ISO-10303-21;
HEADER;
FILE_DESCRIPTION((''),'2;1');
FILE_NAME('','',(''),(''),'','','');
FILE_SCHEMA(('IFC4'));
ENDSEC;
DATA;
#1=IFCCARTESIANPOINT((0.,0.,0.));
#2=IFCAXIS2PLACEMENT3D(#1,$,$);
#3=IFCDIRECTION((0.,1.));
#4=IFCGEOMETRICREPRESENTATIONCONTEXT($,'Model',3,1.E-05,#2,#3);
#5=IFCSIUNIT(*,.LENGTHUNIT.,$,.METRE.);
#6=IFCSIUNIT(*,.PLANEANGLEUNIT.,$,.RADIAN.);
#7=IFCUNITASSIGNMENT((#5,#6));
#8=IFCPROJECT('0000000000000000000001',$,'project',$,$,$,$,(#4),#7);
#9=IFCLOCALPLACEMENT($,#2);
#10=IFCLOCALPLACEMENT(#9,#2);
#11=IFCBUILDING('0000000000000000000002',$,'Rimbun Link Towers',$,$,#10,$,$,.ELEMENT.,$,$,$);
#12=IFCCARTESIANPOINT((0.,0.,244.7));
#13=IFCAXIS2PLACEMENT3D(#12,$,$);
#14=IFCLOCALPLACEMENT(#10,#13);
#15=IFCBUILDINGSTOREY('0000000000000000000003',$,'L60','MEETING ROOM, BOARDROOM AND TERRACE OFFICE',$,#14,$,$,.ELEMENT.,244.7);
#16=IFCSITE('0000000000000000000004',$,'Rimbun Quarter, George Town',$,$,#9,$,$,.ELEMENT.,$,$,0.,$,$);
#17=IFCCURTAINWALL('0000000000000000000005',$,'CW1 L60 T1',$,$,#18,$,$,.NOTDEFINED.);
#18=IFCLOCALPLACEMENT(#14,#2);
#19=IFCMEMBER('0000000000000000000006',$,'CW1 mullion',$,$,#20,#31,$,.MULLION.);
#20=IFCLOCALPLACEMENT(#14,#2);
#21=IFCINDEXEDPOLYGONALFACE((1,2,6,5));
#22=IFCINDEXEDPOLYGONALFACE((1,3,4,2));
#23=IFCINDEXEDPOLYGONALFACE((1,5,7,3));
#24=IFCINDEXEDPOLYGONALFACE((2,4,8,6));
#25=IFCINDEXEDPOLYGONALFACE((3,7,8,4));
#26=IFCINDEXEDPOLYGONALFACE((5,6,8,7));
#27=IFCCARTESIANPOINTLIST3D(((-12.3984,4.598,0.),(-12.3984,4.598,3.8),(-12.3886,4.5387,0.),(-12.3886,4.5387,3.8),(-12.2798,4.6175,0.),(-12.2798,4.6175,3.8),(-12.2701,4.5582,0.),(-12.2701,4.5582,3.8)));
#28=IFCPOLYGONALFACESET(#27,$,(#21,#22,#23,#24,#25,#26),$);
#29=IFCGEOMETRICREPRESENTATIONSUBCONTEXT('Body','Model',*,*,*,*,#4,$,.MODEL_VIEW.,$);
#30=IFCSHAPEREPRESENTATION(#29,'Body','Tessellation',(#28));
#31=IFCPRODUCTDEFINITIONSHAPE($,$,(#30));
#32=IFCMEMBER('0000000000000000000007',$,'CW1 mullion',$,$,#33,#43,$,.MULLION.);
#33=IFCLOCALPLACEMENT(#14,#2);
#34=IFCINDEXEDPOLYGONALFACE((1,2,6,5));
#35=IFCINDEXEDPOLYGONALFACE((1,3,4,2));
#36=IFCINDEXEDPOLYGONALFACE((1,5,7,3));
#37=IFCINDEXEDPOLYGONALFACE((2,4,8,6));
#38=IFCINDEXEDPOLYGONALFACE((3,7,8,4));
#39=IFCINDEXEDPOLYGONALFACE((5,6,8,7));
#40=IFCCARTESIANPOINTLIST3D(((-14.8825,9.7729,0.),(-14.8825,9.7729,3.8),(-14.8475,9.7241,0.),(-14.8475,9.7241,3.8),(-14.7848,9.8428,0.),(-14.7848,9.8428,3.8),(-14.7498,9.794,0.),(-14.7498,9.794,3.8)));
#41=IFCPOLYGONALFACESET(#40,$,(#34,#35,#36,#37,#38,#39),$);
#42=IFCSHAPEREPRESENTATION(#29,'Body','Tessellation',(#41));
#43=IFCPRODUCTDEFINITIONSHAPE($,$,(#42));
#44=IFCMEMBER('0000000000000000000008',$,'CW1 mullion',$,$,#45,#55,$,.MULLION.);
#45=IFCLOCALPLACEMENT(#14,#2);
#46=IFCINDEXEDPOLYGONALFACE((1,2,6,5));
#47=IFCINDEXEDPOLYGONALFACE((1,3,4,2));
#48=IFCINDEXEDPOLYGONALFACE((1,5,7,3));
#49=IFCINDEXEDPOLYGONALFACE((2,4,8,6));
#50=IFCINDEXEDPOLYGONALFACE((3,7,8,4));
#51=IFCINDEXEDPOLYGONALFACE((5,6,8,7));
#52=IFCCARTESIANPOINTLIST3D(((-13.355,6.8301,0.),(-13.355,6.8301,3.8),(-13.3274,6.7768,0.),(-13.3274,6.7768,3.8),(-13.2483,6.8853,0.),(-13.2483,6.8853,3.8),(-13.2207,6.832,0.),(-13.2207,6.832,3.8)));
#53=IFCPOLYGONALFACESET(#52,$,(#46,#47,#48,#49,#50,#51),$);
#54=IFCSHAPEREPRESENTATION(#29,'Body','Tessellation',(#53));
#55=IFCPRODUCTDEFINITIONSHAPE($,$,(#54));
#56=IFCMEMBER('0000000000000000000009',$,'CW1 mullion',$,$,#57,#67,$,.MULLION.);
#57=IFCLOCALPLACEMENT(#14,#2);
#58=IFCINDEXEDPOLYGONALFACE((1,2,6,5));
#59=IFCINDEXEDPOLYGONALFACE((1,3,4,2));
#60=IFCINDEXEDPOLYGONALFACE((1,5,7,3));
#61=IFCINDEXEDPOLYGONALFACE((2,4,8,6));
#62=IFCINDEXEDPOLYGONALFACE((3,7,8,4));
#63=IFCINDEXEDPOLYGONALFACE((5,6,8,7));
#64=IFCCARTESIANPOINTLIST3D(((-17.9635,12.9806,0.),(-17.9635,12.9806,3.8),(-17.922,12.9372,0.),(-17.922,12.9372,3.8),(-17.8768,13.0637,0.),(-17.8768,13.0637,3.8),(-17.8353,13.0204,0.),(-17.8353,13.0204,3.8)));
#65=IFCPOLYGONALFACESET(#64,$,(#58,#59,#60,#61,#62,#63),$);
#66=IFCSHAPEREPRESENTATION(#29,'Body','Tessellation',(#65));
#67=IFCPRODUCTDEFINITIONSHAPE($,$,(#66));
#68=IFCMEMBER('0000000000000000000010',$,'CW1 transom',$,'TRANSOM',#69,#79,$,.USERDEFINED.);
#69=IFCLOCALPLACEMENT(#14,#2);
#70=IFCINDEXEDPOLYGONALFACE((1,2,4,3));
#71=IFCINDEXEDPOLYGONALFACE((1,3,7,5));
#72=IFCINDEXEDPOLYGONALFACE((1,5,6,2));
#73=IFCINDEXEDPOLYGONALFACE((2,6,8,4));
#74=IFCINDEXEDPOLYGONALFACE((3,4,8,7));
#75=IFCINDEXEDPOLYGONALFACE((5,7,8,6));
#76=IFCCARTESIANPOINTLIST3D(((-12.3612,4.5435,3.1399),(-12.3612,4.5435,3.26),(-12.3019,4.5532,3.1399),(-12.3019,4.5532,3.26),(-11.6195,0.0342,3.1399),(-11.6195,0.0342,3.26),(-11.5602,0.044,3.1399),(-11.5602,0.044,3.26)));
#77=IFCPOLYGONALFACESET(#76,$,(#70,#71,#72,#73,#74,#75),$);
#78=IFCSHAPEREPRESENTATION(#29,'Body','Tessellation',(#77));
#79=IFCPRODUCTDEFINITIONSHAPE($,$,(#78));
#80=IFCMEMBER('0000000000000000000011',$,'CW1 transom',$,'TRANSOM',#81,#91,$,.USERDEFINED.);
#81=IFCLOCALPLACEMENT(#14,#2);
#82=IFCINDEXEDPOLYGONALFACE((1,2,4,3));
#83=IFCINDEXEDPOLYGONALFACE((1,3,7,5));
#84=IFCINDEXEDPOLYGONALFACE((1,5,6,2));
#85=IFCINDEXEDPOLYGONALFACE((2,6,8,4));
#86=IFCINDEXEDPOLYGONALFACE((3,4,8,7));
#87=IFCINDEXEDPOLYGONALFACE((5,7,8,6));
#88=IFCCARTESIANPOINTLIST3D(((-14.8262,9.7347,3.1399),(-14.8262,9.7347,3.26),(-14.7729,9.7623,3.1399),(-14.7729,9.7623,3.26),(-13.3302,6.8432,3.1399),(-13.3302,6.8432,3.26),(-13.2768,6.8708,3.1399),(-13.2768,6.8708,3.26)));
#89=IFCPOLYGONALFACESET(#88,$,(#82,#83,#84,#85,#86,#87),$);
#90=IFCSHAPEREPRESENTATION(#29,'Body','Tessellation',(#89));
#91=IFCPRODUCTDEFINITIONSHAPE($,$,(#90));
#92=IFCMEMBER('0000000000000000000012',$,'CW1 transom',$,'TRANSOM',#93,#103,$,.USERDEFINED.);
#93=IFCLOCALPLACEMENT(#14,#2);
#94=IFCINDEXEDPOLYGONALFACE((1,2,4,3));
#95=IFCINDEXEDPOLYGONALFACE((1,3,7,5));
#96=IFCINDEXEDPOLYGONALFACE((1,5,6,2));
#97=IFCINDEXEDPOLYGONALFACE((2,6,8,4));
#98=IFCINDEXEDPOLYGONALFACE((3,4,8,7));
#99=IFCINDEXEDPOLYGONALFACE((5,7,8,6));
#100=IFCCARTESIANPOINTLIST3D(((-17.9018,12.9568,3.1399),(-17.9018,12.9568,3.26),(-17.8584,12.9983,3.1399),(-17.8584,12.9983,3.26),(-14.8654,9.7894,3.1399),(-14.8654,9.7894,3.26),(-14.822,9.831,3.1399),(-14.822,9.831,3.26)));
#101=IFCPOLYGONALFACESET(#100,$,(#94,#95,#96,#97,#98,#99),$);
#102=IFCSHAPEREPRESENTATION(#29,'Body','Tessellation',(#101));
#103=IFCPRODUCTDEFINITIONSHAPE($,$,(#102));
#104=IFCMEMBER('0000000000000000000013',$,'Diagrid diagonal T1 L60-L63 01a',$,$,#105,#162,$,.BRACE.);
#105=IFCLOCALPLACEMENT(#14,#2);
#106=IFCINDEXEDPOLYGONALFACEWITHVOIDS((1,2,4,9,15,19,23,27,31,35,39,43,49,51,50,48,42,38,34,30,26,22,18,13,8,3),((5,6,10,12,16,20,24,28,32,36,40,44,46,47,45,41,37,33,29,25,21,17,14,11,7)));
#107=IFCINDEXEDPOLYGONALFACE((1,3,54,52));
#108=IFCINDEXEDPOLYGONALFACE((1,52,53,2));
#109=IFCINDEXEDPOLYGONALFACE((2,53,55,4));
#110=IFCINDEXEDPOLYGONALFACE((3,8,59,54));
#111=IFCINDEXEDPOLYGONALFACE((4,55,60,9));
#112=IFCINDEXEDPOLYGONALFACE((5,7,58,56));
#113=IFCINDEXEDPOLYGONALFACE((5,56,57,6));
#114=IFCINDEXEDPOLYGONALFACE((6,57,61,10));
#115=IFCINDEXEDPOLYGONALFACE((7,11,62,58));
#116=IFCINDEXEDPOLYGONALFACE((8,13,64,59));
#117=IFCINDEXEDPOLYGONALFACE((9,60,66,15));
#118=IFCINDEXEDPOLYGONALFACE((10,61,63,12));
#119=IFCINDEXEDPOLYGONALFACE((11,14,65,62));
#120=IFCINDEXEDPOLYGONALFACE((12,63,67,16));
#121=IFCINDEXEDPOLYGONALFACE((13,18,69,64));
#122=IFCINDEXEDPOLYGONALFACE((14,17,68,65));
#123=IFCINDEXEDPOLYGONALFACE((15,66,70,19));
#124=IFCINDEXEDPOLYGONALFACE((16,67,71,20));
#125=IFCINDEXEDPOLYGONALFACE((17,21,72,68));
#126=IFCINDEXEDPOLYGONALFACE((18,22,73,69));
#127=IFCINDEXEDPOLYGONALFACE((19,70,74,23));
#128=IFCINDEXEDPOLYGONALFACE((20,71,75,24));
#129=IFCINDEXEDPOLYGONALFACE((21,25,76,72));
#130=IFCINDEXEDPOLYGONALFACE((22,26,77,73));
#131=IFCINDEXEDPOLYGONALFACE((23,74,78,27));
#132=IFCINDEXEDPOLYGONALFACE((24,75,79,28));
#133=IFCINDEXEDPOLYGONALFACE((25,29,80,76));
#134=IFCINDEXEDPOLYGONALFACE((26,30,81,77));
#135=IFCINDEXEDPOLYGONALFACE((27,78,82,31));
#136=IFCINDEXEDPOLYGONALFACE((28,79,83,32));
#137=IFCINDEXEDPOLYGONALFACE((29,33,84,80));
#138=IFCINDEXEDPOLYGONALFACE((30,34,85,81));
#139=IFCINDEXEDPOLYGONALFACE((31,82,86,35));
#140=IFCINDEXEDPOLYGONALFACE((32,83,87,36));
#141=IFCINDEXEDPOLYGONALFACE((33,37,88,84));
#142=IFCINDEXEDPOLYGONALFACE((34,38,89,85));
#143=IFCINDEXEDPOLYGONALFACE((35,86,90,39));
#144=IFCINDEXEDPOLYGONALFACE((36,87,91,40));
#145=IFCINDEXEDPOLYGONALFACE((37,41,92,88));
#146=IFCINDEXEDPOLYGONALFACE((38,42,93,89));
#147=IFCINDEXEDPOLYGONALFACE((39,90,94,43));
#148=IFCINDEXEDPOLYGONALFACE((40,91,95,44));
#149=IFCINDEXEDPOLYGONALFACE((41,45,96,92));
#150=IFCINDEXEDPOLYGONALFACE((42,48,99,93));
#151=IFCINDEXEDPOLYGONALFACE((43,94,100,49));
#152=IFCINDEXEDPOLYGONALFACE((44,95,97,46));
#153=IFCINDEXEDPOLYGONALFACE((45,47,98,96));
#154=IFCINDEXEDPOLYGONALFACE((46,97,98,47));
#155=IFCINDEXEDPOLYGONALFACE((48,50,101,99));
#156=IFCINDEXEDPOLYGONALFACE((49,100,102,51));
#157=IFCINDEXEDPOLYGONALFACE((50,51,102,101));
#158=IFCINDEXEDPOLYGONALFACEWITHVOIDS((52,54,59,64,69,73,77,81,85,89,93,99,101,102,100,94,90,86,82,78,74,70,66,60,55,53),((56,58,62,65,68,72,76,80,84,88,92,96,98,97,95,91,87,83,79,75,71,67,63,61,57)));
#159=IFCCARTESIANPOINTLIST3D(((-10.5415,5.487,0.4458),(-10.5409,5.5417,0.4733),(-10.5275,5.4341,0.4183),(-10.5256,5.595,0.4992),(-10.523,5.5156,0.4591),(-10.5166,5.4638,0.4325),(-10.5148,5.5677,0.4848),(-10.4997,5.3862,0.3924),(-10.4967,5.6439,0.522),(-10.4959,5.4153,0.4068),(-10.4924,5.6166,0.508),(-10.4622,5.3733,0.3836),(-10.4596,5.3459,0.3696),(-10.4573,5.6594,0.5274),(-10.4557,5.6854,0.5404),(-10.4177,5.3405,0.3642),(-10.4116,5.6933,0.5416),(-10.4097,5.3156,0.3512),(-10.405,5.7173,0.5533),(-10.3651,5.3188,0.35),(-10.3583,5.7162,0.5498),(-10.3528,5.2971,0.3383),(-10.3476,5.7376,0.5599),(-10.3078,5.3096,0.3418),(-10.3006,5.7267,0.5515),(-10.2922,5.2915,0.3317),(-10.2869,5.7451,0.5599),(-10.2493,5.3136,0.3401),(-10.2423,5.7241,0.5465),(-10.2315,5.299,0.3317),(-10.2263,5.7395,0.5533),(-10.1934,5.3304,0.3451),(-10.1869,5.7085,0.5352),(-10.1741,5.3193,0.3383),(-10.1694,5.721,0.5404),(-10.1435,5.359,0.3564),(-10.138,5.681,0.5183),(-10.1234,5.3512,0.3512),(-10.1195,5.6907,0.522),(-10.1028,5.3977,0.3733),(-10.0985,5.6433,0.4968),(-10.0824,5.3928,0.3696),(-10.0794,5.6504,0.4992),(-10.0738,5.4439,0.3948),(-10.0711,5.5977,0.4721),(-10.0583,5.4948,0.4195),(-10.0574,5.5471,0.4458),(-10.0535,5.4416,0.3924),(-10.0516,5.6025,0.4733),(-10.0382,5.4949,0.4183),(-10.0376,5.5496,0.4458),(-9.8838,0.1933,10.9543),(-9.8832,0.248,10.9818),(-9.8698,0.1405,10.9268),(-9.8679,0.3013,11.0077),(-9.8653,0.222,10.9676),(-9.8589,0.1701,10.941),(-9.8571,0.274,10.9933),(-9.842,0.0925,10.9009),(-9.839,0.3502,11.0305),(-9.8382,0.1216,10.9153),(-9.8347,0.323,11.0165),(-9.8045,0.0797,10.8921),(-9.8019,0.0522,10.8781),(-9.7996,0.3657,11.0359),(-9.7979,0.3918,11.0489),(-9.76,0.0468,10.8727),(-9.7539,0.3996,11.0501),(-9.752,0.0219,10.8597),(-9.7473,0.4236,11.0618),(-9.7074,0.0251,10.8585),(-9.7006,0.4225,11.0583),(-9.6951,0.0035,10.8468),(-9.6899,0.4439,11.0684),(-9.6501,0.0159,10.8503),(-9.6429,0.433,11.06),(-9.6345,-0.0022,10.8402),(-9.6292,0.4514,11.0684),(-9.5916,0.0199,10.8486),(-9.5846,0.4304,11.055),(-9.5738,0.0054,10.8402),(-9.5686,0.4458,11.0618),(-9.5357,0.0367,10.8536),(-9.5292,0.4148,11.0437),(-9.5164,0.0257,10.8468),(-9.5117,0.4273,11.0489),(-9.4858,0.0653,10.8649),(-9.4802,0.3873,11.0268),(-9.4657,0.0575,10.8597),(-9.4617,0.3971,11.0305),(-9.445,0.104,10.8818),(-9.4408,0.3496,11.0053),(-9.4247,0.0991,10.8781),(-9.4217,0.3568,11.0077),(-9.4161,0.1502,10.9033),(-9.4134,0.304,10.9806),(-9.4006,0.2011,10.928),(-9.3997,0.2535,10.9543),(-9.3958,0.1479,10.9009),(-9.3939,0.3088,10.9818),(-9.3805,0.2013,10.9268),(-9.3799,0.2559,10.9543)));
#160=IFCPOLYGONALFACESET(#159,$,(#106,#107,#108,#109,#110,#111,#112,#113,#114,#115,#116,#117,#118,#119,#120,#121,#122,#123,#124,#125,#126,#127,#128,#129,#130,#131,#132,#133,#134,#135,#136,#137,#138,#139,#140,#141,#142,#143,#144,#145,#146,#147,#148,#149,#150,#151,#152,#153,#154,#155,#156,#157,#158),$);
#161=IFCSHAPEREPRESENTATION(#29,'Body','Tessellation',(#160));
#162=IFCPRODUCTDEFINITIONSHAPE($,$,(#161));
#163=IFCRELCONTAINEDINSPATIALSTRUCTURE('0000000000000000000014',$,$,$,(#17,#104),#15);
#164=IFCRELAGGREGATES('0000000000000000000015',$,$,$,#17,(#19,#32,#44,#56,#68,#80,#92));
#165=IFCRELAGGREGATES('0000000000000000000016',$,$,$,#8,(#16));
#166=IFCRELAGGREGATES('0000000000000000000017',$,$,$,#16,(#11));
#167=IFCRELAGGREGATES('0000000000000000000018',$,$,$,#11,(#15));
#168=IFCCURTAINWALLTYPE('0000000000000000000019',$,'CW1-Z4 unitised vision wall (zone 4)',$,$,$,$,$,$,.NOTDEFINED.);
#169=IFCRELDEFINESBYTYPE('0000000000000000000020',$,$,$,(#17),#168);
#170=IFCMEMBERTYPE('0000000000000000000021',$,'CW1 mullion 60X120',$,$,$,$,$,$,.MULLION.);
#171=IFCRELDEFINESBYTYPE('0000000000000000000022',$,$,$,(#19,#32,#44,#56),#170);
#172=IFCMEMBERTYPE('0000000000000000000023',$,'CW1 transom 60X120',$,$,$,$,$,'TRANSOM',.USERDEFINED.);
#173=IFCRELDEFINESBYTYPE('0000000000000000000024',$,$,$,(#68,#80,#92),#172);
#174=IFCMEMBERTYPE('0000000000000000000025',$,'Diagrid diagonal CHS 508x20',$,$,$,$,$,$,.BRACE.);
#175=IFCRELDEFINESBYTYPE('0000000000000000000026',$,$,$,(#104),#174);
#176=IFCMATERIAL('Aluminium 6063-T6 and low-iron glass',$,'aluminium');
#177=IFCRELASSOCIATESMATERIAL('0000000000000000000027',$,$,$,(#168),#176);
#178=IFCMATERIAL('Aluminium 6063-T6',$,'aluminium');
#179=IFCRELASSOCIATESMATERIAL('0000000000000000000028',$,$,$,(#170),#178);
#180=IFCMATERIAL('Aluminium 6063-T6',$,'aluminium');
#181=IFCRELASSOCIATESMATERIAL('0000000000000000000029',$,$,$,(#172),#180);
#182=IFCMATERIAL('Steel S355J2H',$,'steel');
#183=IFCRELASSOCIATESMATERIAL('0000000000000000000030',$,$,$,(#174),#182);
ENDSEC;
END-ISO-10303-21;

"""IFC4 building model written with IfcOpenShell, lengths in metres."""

from ifc_helpers import new_model, si_unit, direction, frame, origin, origin_2d, place, context, subcontext, project, spatial, rectangle, hollow_circle, extrude, material, material_profile, profile_set, type_object, element, aggregate, save


model = new_model("IFC4")

# Units and contexts
model_context = context("Model", 3, precision=1e-05, world=origin(), true_north=direction((0.0, 1.0)))
body_context = subcontext(model_context, "Body", "Model", "MODEL_VIEW")
ifc_project = project(units=[si_unit("LENGTHUNIT", "METRE"), si_unit("PLANEANGLEUNIT", "RADIAN")], contexts=[model_context])

# Site, building, storey
site_placement = place(None, origin())
site = spatial("IfcSite", under=ifc_project, at=site_placement, Name="Rimbun Quarter, George Town", CompositionType="ELEMENT", RefElevation=0.0)
building_placement = place(site_placement, origin())
building = spatial("IfcBuilding", under=site, at=building_placement, Name="Rimbun Link Towers", CompositionType="ELEMENT")
storey_placement = place(building_placement, frame((0.0, 0.0, 244.7)))
storey = spatial("IfcBuildingStorey", under=building, at=storey_placement, Name="L60", Description="MEETING ROOM, BOARDROOM AND TERRACE OFFICE", CompositionType="ELEMENT", Elevation=244.7)

# Curtain wall, members
ifc_material_1 = material(Name="Aluminium 6063-T6 and low-iron glass", Category="aluminium")
curtain_wall_type = type_object("IfcCurtainWallType", Name="CW1-Z4 unitised vision wall (zone 4)", PredefinedType="NOTDEFINED", material=ifc_material_1)
curtain_wall_placement = place(storey_placement, origin())
curtain_wall = element("IfcCurtainWall", 1, at=curtain_wall_placement, inside=storey, type_object=curtain_wall_type, Name="CW1 L60 T1", PredefinedType="NOTDEFINED")
ifc_material_2 = material(Name="Aluminium 6063-T6", Category="aluminium")
ifc_material_profile_1 = material_profile(ifc_material_2, rectangle(XDim=0.1201, YDim=0.0601, at=origin_2d()), Name="MULLION 60X120")
ifc_profile_set_1 = profile_set([ifc_material_profile_1], Name="Aluminium 6063-T6")
member_type_1 = type_object("IfcMemberType", Name="CW1 mullion 60X120", PredefinedType="MULLION", material=ifc_profile_set_1)
member_1_placement = place(storey_placement, frame((-12.3342, 4.5781, 0.0), z_axis=(0.0, 0.0, 1.0), x_axis=(0.986748, 0.162262, 0.0)))
member_1 = element("IfcMember", 2, at=member_1_placement, type_object=member_type_1, Name="CW1 mullion", PredefinedType="MULLION", context=body_context, shape_type="SweptSolid", body=[
    extrude(rectangle(XDim=0.1201, YDim=0.0601, at=origin_2d()), origin(), (0.0, 0.0, 1.0), 3.8),
])
member_2_placement = place(storey_placement, frame((-14.8162, 9.7834, 0.0), z_axis=(0.0, 0.0, 1.0), x_axis=(0.813354, 0.581769, 0.0)))
member_2 = element("IfcMember", 3, at=member_2_placement, type_object=member_type_1, Name="CW1 mullion", PredefinedType="MULLION", context=body_context, shape_type="SweptSolid", body=[
    extrude(rectangle(XDim=0.1201, YDim=0.0601, at=origin_2d()), origin(), (0.0, 0.0, 1.0), 3.8),
])
member_3_placement = place(storey_placement, frame((-13.2878, 6.8311, 0.0), z_axis=(0.0, 0.0, 1.0), x_axis=(0.888151, 0.459552, 0.0)))
member_3 = element("IfcMember", 4, at=member_3_placement, type_object=member_type_1, Name="CW1 mullion", PredefinedType="MULLION", context=body_context, shape_type="SweptSolid", body=[
    extrude(rectangle(XDim=0.1201, YDim=0.0601, at=origin_2d()), origin(), (0.0, 0.0, 1.0), 3.8),
])
member_4_placement = place(storey_placement, frame((-17.8994, 13.0005, 0.0), z_axis=(0.0, 0.0, 1.0), x_axis=(0.721858, 0.692041, 0.0)))
member_4 = element("IfcMember", 5, at=member_4_placement, type_object=member_type_1, Name="CW1 mullion", PredefinedType="MULLION", context=body_context, shape_type="SweptSolid", body=[
    extrude(rectangle(XDim=0.1201, YDim=0.0601, at=origin_2d()), origin(), (0.0, 0.0, 1.0), 3.8),
])
ifc_material_3 = material(Name="Aluminium 6063-T6", Category="aluminium")
ifc_material_profile_2 = material_profile(ifc_material_3, rectangle(XDim=0.0601, YDim=0.1201, at=origin_2d()), Name="TRANSOM 60X120")
ifc_profile_set_2 = profile_set([ifc_material_profile_2], Name="Aluminium 6063-T6")
member_type_2 = type_object("IfcMemberType", Name="CW1 transom 60X120", ElementType="TRANSOM", PredefinedType="USERDEFINED", material=ifc_profile_set_2)
member_5_placement = place(storey_placement, frame((-12.3315, 4.5483, 3.2), z_axis=(0.162302, -0.986741, 0.0), x_axis=(0.986741, 0.162302, 0.0)))
member_5 = element("IfcMember", 6, at=member_5_placement, type_object=member_type_2, Name="CW1 transom", ObjectType="TRANSOM", PredefinedType="USERDEFINED", context=body_context, shape_type="SweptSolid", body=[
    extrude(rectangle(XDim=0.0601, YDim=0.1201, at=origin_2d()), origin(), (0.0, 0.0, 1.0), 4.5698),
])
member_6_placement = place(storey_placement, frame((-14.7996, 9.7485, 3.2), z_axis=(0.459529, -0.888163, 0.0), x_axis=(0.888163, 0.459529, 0.0)))
member_6 = element("IfcMember", 7, at=member_6_placement, type_object=member_type_2, Name="CW1 transom", ObjectType="TRANSOM", PredefinedType="USERDEFINED", context=body_context, shape_type="SweptSolid", body=[
    extrude(rectangle(XDim=0.0601, YDim=0.1201, at=origin_2d()), origin(), (0.0, 0.0, 1.0), 3.2556),
])
member_7_placement = place(storey_placement, frame((-17.8801, 12.9775, 3.2), z_axis=(0.692037, -0.721862, 0.0), x_axis=(0.721862, 0.692037, 0.0)))
member_7 = element("IfcMember", 8, at=member_7_placement, type_object=member_type_2, Name="CW1 transom", ObjectType="TRANSOM", PredefinedType="USERDEFINED", context=body_context, shape_type="SweptSolid", body=[
    extrude(rectangle(XDim=0.0601, YDim=0.1201, at=origin_2d()), origin(), (0.0, 0.0, 1.0), 4.3877),
])

# Member
ifc_material_4 = material(Name="Steel S355J2H", Category="steel")
ifc_material_profile_3 = material_profile(ifc_material_4, hollow_circle(Radius=0.2539, WallThickness=0.02, at=origin_2d()), Name="Diagrid diagonal CHS 508x20")
ifc_profile_set_3 = profile_set([ifc_material_profile_3], Name="Steel S355J2H")
member_type_3 = type_object("IfcMemberType", Name="Diagrid diagonal CHS 508x20", PredefinedType="BRACE", material=ifc_profile_set_3)
member_8_placement = place(storey_placement, frame((-10.2896, 5.5183, 0.4458), z_axis=(0.05581, -0.449191, 0.891691), x_axis=(0.99237, 0.123297, 0.0)))
element("IfcMember", 9, at=member_8_placement, inside=storey, type_object=member_type_3, Name="Diagrid diagonal T1 L60-L63 01a", PredefinedType="BRACE", context=body_context, shape_type="SweptSolid", body=[
    extrude(hollow_circle(Radius=0.2539, WallThickness=0.02, at=origin_2d()), origin(), (0.0, 0.0, 1.0), 11.7849),
])

aggregate(curtain_wall, [member_1, member_2, member_3, member_4, member_5, member_6, member_7])

save(model, "model.ifc")
